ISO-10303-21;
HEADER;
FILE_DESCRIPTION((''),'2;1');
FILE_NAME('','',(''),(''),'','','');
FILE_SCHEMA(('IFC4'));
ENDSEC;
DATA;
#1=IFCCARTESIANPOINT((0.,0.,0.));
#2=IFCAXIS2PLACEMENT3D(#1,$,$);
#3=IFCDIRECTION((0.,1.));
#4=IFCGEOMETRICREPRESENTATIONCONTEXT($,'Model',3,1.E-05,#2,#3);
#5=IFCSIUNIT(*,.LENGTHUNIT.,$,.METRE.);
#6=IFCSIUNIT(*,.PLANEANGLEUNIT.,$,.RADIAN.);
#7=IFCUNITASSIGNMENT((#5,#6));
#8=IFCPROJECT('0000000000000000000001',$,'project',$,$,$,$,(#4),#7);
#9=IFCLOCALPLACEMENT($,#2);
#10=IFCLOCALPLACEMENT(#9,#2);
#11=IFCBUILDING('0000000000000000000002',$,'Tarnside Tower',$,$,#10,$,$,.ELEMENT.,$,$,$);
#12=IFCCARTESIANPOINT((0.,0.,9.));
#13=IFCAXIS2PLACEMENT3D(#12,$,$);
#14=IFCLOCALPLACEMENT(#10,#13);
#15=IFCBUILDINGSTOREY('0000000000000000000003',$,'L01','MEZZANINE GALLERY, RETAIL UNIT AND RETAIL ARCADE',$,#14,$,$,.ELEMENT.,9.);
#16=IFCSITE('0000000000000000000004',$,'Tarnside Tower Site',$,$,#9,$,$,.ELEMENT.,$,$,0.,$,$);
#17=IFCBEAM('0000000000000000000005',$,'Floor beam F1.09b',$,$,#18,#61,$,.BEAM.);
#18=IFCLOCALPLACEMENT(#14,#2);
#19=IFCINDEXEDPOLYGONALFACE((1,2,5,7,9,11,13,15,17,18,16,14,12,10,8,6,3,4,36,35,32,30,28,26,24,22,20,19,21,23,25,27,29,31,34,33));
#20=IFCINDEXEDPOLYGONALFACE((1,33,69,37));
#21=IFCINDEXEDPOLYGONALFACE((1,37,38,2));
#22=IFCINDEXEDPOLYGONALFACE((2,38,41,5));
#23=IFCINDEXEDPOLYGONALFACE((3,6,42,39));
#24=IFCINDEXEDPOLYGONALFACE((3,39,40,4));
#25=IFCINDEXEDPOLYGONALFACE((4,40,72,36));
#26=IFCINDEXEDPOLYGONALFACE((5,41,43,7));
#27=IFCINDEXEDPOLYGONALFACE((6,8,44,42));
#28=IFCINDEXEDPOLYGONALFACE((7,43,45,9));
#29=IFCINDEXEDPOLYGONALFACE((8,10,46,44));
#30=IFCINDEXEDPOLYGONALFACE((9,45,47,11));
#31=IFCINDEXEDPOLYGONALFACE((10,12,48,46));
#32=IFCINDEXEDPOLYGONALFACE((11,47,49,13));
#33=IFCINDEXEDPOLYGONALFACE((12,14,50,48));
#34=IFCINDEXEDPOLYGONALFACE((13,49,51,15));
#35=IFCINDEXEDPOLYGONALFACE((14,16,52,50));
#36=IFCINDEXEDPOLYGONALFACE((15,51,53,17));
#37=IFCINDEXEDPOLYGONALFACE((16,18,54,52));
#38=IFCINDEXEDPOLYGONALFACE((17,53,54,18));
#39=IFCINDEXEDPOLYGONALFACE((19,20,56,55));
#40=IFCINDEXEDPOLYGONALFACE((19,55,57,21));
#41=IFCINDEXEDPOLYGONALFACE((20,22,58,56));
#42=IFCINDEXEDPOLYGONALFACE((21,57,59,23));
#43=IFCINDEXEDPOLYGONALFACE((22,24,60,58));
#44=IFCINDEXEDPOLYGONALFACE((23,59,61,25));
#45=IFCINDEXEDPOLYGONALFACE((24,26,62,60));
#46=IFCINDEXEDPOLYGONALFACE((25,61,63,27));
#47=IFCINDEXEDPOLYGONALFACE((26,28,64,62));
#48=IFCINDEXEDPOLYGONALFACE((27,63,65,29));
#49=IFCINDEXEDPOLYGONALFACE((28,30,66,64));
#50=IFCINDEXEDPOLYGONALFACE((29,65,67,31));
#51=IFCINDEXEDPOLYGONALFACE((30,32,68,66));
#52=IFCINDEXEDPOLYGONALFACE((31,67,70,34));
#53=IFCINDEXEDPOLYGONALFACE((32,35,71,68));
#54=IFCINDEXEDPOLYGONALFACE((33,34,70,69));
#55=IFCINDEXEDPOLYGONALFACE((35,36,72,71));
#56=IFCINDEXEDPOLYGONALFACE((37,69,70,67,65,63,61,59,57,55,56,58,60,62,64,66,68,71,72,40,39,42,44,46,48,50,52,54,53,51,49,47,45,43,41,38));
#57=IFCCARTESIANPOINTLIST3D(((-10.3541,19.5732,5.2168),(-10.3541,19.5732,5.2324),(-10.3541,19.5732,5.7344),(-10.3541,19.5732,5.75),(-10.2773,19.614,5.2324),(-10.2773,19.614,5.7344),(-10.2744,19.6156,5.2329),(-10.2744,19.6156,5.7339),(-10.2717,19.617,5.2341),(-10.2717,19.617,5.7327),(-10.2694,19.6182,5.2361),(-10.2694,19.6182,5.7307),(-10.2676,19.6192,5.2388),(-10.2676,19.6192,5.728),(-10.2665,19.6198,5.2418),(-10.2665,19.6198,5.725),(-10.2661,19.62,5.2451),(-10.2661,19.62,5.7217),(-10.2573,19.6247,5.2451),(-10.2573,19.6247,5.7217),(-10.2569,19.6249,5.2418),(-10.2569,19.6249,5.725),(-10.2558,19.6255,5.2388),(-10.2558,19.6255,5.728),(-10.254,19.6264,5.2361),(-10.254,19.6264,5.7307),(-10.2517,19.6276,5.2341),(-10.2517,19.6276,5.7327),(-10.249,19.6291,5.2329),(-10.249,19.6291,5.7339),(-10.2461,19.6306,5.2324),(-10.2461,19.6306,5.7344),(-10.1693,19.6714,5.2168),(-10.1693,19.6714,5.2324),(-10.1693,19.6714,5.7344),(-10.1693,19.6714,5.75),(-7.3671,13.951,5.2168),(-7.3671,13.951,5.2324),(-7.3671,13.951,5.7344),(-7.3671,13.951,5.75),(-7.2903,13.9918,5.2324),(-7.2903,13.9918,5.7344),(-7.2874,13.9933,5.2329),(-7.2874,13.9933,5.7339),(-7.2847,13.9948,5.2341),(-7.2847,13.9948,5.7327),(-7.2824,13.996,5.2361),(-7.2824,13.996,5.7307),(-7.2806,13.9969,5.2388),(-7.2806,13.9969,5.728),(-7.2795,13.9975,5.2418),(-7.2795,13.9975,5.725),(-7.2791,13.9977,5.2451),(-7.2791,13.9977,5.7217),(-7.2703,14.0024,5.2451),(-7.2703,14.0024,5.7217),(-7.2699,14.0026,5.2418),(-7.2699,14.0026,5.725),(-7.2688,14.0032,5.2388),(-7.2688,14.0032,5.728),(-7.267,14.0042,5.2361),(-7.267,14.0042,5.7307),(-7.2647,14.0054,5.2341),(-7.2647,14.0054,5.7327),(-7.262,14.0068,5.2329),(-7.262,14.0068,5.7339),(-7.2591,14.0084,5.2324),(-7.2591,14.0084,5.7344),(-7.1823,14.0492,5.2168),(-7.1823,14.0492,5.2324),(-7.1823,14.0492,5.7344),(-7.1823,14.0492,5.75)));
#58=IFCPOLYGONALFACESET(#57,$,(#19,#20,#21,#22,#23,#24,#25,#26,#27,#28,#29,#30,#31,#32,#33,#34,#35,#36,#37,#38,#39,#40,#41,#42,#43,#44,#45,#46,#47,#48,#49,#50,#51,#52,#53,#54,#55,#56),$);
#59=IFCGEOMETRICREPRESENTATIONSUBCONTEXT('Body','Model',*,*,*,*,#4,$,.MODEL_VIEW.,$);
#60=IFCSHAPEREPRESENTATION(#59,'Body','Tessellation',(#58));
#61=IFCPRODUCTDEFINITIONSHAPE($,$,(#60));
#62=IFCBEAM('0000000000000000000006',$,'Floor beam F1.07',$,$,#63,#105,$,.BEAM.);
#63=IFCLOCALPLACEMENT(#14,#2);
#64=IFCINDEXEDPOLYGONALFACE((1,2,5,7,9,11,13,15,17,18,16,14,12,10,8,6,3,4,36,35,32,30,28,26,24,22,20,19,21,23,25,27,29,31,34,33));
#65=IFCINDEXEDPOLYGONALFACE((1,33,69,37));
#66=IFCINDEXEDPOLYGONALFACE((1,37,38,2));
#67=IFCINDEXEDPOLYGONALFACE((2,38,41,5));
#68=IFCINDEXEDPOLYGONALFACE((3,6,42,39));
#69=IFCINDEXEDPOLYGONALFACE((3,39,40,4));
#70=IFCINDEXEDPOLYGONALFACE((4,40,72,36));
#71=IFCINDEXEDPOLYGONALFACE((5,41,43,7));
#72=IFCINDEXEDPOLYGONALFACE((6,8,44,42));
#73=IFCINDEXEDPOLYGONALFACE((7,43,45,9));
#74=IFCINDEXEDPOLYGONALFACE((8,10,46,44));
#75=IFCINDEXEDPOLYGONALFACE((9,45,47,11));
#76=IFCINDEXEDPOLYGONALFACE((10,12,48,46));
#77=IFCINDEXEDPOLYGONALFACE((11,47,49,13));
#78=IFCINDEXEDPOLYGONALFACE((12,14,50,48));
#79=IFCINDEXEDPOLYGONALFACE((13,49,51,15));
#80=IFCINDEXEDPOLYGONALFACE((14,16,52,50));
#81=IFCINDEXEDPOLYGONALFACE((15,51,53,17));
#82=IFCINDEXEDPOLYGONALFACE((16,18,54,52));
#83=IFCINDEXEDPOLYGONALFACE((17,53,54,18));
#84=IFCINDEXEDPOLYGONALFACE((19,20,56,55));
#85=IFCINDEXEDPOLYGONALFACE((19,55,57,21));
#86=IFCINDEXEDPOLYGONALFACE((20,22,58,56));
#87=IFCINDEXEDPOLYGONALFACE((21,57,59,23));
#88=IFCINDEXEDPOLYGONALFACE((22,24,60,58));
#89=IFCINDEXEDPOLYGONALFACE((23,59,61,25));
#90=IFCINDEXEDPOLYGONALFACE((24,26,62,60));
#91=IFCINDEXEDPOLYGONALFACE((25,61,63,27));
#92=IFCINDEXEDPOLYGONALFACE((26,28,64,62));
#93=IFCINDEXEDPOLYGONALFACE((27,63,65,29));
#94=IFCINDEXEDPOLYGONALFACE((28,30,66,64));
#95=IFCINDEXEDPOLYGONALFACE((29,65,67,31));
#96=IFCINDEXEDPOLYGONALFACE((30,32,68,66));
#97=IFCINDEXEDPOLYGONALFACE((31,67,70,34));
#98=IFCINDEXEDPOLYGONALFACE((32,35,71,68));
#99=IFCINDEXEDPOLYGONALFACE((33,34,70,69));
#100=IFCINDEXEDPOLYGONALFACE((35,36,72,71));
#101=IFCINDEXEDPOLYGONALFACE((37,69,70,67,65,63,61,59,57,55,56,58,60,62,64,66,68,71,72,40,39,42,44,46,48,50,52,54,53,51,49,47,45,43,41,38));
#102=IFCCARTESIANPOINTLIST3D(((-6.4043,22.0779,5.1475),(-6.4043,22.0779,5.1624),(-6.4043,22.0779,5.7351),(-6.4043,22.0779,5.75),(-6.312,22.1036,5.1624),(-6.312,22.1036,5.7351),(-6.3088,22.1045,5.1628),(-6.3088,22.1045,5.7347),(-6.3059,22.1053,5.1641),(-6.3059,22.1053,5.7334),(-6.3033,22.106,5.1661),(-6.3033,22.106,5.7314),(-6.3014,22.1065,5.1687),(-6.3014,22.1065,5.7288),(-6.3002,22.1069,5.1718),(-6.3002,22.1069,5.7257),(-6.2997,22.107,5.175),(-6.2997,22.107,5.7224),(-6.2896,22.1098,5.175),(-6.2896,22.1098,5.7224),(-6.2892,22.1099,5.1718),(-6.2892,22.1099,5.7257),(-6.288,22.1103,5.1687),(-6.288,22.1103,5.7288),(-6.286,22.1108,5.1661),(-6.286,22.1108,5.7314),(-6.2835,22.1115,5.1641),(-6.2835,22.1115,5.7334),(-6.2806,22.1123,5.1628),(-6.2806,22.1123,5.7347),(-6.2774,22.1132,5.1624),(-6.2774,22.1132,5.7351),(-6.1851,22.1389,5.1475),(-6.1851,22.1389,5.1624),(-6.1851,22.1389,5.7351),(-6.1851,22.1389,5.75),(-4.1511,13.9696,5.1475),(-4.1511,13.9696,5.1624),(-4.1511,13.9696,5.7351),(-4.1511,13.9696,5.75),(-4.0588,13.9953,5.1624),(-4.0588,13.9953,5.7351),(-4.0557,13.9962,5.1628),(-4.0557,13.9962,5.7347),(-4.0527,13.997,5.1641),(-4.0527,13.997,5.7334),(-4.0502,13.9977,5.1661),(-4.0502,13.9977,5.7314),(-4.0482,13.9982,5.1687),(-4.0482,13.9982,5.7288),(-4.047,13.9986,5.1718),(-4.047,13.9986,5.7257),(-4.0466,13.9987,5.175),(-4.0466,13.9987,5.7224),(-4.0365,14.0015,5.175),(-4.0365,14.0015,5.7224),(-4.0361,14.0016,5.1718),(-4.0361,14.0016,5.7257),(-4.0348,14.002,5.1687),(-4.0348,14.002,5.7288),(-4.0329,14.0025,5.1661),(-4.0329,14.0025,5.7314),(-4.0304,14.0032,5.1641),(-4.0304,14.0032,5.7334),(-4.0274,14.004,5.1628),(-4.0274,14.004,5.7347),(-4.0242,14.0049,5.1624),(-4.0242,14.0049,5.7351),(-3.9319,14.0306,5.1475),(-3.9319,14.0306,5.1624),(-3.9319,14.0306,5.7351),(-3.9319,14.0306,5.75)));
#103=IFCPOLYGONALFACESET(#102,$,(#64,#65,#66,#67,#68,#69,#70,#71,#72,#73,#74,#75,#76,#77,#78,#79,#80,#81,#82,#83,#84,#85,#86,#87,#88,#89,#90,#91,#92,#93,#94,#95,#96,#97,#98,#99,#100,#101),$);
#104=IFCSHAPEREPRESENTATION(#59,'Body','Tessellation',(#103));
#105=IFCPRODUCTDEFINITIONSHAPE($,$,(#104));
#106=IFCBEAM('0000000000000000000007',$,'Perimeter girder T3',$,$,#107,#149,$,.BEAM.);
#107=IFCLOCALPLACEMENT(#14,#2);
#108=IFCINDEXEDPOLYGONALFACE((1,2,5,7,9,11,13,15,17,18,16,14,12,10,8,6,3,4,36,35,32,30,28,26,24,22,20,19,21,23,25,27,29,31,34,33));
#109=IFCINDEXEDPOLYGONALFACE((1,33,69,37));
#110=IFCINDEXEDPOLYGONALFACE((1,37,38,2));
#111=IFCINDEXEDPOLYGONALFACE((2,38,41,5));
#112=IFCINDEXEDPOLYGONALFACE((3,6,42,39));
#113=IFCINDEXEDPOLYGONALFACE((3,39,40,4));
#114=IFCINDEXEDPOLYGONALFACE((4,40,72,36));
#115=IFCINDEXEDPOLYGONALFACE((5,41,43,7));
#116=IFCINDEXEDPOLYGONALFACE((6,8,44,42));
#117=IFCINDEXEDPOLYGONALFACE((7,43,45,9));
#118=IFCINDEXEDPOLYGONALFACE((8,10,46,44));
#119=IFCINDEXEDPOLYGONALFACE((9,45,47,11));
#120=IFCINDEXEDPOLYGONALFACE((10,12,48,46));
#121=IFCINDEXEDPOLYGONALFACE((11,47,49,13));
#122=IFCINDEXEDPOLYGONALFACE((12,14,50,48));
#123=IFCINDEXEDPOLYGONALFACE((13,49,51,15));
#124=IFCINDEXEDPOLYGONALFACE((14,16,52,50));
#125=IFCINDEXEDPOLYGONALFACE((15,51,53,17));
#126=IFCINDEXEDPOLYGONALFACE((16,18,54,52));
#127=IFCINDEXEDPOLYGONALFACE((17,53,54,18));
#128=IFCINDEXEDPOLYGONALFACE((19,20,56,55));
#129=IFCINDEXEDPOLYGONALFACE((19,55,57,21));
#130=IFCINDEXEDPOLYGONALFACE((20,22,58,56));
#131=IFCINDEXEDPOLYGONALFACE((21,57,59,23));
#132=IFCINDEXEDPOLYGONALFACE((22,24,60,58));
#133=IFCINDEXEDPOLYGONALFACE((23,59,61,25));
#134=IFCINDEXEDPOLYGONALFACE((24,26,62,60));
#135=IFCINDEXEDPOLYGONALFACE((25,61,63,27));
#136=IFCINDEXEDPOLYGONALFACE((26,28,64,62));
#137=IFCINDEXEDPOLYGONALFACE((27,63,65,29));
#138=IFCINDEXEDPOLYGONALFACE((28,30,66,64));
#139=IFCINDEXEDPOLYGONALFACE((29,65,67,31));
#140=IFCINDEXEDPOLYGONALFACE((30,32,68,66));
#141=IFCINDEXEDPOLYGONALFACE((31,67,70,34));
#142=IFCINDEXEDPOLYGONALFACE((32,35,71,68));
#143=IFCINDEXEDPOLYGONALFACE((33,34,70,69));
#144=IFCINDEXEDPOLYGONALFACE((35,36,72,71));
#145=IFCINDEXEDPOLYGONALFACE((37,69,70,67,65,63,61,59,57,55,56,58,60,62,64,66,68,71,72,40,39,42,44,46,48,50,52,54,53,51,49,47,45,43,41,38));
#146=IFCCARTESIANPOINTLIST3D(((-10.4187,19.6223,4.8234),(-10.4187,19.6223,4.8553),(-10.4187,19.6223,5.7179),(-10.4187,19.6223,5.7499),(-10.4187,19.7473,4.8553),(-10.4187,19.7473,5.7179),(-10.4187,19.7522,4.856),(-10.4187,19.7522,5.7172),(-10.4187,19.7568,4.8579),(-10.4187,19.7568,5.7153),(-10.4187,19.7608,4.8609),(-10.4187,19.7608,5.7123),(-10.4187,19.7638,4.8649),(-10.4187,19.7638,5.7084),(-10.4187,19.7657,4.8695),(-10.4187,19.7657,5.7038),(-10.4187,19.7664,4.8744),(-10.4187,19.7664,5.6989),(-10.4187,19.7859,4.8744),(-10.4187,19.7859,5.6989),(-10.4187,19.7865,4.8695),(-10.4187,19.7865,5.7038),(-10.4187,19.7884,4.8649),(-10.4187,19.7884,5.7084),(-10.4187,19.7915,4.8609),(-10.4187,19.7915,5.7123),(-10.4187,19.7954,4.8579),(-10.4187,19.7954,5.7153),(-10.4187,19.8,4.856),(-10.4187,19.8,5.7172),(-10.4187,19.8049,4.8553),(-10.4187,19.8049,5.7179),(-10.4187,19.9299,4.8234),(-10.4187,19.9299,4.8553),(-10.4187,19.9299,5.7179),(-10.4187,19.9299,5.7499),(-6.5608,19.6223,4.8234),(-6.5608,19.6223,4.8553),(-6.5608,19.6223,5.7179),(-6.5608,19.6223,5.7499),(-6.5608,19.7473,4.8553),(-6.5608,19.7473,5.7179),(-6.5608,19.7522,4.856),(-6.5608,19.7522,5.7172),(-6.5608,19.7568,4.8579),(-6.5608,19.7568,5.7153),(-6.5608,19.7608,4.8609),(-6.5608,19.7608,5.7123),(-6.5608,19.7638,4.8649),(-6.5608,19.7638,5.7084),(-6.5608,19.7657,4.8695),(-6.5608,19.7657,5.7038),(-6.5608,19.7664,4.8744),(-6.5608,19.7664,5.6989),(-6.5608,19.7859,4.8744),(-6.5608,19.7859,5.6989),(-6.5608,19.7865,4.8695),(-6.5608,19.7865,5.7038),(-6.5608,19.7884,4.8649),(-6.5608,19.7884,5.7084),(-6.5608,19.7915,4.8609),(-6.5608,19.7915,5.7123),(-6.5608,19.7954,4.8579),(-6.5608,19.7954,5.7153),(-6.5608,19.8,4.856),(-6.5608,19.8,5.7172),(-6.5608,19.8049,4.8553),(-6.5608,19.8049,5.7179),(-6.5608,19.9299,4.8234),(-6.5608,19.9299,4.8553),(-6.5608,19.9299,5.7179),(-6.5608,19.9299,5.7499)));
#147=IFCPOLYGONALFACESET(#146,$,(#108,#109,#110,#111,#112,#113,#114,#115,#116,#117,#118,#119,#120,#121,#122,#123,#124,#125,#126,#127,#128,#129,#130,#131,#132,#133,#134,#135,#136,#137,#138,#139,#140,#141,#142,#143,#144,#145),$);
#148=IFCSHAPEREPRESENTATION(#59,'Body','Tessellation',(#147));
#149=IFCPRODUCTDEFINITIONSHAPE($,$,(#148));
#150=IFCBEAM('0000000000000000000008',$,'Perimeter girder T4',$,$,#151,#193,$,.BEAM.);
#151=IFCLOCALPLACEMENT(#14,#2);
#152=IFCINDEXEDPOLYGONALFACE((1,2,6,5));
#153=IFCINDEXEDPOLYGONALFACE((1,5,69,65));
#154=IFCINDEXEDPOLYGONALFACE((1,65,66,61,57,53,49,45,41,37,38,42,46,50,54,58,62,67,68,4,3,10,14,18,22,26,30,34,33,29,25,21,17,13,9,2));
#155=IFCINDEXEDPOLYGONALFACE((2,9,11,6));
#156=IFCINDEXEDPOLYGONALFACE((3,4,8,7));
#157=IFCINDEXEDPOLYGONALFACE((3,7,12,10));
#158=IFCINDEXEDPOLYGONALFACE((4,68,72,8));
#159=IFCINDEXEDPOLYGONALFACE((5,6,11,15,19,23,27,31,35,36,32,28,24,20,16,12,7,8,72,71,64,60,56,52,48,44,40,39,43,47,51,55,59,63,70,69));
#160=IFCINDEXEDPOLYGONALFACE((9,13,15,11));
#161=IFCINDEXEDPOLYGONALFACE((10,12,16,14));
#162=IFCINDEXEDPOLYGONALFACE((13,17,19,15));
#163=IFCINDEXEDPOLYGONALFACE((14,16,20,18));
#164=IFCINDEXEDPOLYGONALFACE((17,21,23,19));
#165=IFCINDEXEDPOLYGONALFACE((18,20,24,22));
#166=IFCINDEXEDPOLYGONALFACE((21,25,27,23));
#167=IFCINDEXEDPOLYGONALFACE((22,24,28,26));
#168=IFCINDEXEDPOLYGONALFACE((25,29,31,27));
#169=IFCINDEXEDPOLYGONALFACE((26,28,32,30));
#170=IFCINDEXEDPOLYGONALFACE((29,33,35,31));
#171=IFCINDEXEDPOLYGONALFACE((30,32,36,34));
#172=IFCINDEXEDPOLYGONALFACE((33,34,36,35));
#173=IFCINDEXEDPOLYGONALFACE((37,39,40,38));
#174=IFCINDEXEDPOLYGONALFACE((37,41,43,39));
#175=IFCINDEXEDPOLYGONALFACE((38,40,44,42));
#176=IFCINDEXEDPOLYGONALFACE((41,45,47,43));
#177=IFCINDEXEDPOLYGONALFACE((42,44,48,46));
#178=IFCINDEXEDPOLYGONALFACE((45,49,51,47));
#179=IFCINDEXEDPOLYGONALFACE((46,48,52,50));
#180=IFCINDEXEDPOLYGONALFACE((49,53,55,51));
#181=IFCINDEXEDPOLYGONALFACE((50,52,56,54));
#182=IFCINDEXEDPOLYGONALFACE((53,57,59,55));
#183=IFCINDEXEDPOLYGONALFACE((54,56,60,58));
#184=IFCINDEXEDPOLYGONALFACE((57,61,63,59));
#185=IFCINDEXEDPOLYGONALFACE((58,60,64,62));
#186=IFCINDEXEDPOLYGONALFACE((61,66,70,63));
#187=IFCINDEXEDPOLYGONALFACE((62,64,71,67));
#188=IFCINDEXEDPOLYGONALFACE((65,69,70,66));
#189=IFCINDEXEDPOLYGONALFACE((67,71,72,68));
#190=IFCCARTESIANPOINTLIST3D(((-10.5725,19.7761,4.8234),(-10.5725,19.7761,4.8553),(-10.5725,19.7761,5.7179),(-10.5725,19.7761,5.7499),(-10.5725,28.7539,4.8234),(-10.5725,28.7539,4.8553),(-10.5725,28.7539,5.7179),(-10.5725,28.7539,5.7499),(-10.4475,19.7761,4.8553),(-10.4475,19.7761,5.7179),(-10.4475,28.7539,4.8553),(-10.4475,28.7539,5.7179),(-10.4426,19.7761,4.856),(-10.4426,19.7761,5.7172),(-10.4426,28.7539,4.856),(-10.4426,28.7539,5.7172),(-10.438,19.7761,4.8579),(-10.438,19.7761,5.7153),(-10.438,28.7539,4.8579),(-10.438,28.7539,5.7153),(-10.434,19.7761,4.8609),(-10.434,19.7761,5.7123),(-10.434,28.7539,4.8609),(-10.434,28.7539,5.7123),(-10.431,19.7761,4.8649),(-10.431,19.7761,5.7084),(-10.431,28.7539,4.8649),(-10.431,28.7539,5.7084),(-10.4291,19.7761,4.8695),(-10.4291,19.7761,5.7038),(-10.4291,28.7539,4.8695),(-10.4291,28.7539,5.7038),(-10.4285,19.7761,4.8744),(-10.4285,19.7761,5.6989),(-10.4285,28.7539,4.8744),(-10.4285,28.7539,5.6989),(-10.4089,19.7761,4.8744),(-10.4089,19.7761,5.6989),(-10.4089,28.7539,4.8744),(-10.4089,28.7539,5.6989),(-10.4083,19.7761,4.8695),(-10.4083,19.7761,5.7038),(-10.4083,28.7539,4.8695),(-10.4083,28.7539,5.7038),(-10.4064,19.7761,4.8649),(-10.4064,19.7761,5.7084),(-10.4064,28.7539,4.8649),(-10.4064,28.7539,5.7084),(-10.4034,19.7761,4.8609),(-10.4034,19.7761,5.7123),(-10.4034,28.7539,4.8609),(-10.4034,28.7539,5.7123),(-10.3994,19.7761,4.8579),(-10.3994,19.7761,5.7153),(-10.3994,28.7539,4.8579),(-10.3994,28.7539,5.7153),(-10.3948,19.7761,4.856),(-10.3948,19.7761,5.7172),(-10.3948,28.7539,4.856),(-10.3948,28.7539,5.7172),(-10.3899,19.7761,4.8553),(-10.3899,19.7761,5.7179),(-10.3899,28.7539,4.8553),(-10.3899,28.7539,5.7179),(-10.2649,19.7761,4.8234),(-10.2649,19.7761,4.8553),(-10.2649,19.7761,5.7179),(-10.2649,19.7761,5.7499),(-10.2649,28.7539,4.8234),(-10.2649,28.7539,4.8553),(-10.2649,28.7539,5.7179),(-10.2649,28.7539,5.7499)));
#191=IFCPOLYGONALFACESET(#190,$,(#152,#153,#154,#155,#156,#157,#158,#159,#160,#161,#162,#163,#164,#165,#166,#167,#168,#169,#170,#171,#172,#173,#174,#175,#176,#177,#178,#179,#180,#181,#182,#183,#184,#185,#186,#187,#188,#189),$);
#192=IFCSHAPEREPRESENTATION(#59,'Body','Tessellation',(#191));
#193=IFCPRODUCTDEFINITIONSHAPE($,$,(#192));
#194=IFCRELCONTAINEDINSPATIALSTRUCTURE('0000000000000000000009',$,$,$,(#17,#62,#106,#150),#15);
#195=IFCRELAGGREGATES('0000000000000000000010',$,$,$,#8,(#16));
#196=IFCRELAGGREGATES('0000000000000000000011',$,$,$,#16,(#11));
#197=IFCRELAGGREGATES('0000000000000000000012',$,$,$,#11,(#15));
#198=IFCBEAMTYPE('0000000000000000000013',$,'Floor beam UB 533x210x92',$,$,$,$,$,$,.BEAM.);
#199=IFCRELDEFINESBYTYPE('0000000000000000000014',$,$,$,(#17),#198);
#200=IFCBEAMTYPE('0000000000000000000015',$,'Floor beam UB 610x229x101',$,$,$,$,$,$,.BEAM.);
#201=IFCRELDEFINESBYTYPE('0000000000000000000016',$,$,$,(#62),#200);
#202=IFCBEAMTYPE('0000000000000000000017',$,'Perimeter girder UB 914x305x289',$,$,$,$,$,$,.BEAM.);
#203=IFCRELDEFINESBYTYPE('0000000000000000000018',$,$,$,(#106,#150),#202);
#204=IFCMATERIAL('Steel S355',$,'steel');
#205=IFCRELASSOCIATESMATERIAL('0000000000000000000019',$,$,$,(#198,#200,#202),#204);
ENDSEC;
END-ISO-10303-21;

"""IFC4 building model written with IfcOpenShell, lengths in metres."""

from ifc_helpers import new_model, si_unit, direction, frame, origin, origin_2d, place, context, subcontext, project, spatial, i_section, extrude, material, material_profile, profile_set, type_object, element, save


model = new_model("IFC4")

# Units and contexts
model_context = context("Model", 3, precision=1e-05, world=origin(), true_north=direction((0.0, 1.0)))
body_context = subcontext(model_context, "Body", "Model", "MODEL_VIEW")
ifc_project = project(units=[si_unit("LENGTHUNIT", "METRE"), si_unit("PLANEANGLEUNIT", "RADIAN")], contexts=[model_context])

# Site, building, storey
site_placement = place(None, origin())
site = spatial("IfcSite", under=ifc_project, at=site_placement, Name="Tarnside Tower Site", CompositionType="ELEMENT", RefElevation=0.0)
building_placement = place(site_placement, origin())
building = spatial("IfcBuilding", under=site, at=building_placement, Name="Tarnside Tower", CompositionType="ELEMENT")
storey_placement = place(building_placement, frame((0.0, 0.0, 9.0)))
storey = spatial("IfcBuildingStorey", under=building, at=storey_placement, Name="L01", Description="MEZZANINE GALLERY, RETAIL UNIT AND RETAIL ARCADE", CompositionType="ELEMENT", Elevation=9.0)

# Beams
ifc_material_1 = material(Name="Steel S355", Category="steel")
ifc_material_profile_1 = material_profile(ifc_material_1, i_section(OverallWidth=0.2092, OverallDepth=0.5332, WebThickness=0.01, FlangeThickness=0.0156, FilletRadius=0.0127, at=origin_2d()), Name="UB 533x210x92")
ifc_profile_set_1 = profile_set([ifc_material_profile_1], Name="Steel S355")
beam_type_1 = type_object("IfcBeamType", Name="Floor beam UB 533x210x92", PredefinedType="BEAM", material=ifc_profile_set_1)
beam_1_placement = place(storey_placement, frame((-10.2617, 19.6223, 5.4834), z_axis=(0.46918, -0.883102, 0.0), x_axis=(0.883102, 0.46918, 0.0)))
element("IfcBeam", 1, at=beam_1_placement, inside=storey, type_object=beam_type_1, Name="Floor beam F1.09b", PredefinedType="BEAM", context=body_context, shape_type="SweptSolid", body=[
    extrude(i_section(OverallWidth=0.2092, OverallDepth=0.5332, WebThickness=0.01, FlangeThickness=0.0156, FilletRadius=0.0127, at=origin_2d()), origin(), (0.0, 0.0, 1.0), 6.3665),
])
ifc_material_profile_2 = material_profile(ifc_material_1, i_section(OverallWidth=0.2275, OverallDepth=0.6025, WebThickness=0.0105, FlangeThickness=0.0149, FilletRadius=0.0127, at=origin_2d()), Name="UB 610x229x101")
ifc_profile_set_2 = profile_set([ifc_material_profile_2], Name="Steel S355")
beam_type_2 = type_object("IfcBeamType", Name="Floor beam UB 610x229x101", PredefinedType="BEAM", material=ifc_profile_set_2)
beam_2_placement = place(storey_placement, frame((-6.2947, 22.1084, 5.4487), z_axis=(0.267737, -0.963492, 0.0), x_axis=(0.963492, 0.267737, 0.0)))
element("IfcBeam", 2, at=beam_2_placement, inside=storey, type_object=beam_type_2, Name="Floor beam F1.07", PredefinedType="BEAM", context=body_context, shape_type="SweptSolid", body=[
    extrude(i_section(OverallWidth=0.2275, OverallDepth=0.6025, WebThickness=0.0105, FlangeThickness=0.0149, FilletRadius=0.0127, at=origin_2d()), origin(), (0.0, 0.0, 1.0), 8.4155),
])
ifc_material_profile_3 = material_profile(ifc_material_1, i_section(OverallWidth=0.3076, OverallDepth=0.9265, WebThickness=0.0195, FlangeThickness=0.032, FilletRadius=0.019, at=origin_2d()), Name="UB 914x305x289")
ifc_profile_set_3 = profile_set([ifc_material_profile_3], Name="Steel S355")
beam_type_3 = type_object("IfcBeamType", Name="Perimeter girder UB 914x305x289", PredefinedType="BEAM", material=ifc_profile_set_3)
beam_3_placement = place(storey_placement, frame((-6.5608, 19.7761, 5.2866), z_axis=(-1.0, 0.0, 0.0), x_axis=(0.0, -1.0, 0.0)))
element("IfcBeam", 3, at=beam_3_placement, inside=storey, type_object=beam_type_3, Name="Perimeter girder T3", PredefinedType="BEAM", context=body_context, shape_type="SweptSolid", body=[
    extrude(i_section(OverallWidth=0.3076, OverallDepth=0.9265, WebThickness=0.0195, FlangeThickness=0.032, FilletRadius=0.019, at=origin_2d()), origin(), (0.0, 0.0, 1.0), 3.8579),
])
beam_4_placement = place(storey_placement, frame((-10.4187, 19.7761, 5.2866), z_axis=(0.0, 1.0, 0.0), x_axis=(-1.0, 0.0, 0.0)))
element("IfcBeam", 4, at=beam_4_placement, inside=storey, type_object=beam_type_3, Name="Perimeter girder T4", PredefinedType="BEAM", context=body_context, shape_type="SweptSolid", body=[
    extrude(i_section(OverallWidth=0.3076, OverallDepth=0.9265, WebThickness=0.0195, FlangeThickness=0.032, FilletRadius=0.019, at=origin_2d()), origin(), (0.0, 0.0, 1.0), 8.9778),
])

save(model, "model.ifc")
